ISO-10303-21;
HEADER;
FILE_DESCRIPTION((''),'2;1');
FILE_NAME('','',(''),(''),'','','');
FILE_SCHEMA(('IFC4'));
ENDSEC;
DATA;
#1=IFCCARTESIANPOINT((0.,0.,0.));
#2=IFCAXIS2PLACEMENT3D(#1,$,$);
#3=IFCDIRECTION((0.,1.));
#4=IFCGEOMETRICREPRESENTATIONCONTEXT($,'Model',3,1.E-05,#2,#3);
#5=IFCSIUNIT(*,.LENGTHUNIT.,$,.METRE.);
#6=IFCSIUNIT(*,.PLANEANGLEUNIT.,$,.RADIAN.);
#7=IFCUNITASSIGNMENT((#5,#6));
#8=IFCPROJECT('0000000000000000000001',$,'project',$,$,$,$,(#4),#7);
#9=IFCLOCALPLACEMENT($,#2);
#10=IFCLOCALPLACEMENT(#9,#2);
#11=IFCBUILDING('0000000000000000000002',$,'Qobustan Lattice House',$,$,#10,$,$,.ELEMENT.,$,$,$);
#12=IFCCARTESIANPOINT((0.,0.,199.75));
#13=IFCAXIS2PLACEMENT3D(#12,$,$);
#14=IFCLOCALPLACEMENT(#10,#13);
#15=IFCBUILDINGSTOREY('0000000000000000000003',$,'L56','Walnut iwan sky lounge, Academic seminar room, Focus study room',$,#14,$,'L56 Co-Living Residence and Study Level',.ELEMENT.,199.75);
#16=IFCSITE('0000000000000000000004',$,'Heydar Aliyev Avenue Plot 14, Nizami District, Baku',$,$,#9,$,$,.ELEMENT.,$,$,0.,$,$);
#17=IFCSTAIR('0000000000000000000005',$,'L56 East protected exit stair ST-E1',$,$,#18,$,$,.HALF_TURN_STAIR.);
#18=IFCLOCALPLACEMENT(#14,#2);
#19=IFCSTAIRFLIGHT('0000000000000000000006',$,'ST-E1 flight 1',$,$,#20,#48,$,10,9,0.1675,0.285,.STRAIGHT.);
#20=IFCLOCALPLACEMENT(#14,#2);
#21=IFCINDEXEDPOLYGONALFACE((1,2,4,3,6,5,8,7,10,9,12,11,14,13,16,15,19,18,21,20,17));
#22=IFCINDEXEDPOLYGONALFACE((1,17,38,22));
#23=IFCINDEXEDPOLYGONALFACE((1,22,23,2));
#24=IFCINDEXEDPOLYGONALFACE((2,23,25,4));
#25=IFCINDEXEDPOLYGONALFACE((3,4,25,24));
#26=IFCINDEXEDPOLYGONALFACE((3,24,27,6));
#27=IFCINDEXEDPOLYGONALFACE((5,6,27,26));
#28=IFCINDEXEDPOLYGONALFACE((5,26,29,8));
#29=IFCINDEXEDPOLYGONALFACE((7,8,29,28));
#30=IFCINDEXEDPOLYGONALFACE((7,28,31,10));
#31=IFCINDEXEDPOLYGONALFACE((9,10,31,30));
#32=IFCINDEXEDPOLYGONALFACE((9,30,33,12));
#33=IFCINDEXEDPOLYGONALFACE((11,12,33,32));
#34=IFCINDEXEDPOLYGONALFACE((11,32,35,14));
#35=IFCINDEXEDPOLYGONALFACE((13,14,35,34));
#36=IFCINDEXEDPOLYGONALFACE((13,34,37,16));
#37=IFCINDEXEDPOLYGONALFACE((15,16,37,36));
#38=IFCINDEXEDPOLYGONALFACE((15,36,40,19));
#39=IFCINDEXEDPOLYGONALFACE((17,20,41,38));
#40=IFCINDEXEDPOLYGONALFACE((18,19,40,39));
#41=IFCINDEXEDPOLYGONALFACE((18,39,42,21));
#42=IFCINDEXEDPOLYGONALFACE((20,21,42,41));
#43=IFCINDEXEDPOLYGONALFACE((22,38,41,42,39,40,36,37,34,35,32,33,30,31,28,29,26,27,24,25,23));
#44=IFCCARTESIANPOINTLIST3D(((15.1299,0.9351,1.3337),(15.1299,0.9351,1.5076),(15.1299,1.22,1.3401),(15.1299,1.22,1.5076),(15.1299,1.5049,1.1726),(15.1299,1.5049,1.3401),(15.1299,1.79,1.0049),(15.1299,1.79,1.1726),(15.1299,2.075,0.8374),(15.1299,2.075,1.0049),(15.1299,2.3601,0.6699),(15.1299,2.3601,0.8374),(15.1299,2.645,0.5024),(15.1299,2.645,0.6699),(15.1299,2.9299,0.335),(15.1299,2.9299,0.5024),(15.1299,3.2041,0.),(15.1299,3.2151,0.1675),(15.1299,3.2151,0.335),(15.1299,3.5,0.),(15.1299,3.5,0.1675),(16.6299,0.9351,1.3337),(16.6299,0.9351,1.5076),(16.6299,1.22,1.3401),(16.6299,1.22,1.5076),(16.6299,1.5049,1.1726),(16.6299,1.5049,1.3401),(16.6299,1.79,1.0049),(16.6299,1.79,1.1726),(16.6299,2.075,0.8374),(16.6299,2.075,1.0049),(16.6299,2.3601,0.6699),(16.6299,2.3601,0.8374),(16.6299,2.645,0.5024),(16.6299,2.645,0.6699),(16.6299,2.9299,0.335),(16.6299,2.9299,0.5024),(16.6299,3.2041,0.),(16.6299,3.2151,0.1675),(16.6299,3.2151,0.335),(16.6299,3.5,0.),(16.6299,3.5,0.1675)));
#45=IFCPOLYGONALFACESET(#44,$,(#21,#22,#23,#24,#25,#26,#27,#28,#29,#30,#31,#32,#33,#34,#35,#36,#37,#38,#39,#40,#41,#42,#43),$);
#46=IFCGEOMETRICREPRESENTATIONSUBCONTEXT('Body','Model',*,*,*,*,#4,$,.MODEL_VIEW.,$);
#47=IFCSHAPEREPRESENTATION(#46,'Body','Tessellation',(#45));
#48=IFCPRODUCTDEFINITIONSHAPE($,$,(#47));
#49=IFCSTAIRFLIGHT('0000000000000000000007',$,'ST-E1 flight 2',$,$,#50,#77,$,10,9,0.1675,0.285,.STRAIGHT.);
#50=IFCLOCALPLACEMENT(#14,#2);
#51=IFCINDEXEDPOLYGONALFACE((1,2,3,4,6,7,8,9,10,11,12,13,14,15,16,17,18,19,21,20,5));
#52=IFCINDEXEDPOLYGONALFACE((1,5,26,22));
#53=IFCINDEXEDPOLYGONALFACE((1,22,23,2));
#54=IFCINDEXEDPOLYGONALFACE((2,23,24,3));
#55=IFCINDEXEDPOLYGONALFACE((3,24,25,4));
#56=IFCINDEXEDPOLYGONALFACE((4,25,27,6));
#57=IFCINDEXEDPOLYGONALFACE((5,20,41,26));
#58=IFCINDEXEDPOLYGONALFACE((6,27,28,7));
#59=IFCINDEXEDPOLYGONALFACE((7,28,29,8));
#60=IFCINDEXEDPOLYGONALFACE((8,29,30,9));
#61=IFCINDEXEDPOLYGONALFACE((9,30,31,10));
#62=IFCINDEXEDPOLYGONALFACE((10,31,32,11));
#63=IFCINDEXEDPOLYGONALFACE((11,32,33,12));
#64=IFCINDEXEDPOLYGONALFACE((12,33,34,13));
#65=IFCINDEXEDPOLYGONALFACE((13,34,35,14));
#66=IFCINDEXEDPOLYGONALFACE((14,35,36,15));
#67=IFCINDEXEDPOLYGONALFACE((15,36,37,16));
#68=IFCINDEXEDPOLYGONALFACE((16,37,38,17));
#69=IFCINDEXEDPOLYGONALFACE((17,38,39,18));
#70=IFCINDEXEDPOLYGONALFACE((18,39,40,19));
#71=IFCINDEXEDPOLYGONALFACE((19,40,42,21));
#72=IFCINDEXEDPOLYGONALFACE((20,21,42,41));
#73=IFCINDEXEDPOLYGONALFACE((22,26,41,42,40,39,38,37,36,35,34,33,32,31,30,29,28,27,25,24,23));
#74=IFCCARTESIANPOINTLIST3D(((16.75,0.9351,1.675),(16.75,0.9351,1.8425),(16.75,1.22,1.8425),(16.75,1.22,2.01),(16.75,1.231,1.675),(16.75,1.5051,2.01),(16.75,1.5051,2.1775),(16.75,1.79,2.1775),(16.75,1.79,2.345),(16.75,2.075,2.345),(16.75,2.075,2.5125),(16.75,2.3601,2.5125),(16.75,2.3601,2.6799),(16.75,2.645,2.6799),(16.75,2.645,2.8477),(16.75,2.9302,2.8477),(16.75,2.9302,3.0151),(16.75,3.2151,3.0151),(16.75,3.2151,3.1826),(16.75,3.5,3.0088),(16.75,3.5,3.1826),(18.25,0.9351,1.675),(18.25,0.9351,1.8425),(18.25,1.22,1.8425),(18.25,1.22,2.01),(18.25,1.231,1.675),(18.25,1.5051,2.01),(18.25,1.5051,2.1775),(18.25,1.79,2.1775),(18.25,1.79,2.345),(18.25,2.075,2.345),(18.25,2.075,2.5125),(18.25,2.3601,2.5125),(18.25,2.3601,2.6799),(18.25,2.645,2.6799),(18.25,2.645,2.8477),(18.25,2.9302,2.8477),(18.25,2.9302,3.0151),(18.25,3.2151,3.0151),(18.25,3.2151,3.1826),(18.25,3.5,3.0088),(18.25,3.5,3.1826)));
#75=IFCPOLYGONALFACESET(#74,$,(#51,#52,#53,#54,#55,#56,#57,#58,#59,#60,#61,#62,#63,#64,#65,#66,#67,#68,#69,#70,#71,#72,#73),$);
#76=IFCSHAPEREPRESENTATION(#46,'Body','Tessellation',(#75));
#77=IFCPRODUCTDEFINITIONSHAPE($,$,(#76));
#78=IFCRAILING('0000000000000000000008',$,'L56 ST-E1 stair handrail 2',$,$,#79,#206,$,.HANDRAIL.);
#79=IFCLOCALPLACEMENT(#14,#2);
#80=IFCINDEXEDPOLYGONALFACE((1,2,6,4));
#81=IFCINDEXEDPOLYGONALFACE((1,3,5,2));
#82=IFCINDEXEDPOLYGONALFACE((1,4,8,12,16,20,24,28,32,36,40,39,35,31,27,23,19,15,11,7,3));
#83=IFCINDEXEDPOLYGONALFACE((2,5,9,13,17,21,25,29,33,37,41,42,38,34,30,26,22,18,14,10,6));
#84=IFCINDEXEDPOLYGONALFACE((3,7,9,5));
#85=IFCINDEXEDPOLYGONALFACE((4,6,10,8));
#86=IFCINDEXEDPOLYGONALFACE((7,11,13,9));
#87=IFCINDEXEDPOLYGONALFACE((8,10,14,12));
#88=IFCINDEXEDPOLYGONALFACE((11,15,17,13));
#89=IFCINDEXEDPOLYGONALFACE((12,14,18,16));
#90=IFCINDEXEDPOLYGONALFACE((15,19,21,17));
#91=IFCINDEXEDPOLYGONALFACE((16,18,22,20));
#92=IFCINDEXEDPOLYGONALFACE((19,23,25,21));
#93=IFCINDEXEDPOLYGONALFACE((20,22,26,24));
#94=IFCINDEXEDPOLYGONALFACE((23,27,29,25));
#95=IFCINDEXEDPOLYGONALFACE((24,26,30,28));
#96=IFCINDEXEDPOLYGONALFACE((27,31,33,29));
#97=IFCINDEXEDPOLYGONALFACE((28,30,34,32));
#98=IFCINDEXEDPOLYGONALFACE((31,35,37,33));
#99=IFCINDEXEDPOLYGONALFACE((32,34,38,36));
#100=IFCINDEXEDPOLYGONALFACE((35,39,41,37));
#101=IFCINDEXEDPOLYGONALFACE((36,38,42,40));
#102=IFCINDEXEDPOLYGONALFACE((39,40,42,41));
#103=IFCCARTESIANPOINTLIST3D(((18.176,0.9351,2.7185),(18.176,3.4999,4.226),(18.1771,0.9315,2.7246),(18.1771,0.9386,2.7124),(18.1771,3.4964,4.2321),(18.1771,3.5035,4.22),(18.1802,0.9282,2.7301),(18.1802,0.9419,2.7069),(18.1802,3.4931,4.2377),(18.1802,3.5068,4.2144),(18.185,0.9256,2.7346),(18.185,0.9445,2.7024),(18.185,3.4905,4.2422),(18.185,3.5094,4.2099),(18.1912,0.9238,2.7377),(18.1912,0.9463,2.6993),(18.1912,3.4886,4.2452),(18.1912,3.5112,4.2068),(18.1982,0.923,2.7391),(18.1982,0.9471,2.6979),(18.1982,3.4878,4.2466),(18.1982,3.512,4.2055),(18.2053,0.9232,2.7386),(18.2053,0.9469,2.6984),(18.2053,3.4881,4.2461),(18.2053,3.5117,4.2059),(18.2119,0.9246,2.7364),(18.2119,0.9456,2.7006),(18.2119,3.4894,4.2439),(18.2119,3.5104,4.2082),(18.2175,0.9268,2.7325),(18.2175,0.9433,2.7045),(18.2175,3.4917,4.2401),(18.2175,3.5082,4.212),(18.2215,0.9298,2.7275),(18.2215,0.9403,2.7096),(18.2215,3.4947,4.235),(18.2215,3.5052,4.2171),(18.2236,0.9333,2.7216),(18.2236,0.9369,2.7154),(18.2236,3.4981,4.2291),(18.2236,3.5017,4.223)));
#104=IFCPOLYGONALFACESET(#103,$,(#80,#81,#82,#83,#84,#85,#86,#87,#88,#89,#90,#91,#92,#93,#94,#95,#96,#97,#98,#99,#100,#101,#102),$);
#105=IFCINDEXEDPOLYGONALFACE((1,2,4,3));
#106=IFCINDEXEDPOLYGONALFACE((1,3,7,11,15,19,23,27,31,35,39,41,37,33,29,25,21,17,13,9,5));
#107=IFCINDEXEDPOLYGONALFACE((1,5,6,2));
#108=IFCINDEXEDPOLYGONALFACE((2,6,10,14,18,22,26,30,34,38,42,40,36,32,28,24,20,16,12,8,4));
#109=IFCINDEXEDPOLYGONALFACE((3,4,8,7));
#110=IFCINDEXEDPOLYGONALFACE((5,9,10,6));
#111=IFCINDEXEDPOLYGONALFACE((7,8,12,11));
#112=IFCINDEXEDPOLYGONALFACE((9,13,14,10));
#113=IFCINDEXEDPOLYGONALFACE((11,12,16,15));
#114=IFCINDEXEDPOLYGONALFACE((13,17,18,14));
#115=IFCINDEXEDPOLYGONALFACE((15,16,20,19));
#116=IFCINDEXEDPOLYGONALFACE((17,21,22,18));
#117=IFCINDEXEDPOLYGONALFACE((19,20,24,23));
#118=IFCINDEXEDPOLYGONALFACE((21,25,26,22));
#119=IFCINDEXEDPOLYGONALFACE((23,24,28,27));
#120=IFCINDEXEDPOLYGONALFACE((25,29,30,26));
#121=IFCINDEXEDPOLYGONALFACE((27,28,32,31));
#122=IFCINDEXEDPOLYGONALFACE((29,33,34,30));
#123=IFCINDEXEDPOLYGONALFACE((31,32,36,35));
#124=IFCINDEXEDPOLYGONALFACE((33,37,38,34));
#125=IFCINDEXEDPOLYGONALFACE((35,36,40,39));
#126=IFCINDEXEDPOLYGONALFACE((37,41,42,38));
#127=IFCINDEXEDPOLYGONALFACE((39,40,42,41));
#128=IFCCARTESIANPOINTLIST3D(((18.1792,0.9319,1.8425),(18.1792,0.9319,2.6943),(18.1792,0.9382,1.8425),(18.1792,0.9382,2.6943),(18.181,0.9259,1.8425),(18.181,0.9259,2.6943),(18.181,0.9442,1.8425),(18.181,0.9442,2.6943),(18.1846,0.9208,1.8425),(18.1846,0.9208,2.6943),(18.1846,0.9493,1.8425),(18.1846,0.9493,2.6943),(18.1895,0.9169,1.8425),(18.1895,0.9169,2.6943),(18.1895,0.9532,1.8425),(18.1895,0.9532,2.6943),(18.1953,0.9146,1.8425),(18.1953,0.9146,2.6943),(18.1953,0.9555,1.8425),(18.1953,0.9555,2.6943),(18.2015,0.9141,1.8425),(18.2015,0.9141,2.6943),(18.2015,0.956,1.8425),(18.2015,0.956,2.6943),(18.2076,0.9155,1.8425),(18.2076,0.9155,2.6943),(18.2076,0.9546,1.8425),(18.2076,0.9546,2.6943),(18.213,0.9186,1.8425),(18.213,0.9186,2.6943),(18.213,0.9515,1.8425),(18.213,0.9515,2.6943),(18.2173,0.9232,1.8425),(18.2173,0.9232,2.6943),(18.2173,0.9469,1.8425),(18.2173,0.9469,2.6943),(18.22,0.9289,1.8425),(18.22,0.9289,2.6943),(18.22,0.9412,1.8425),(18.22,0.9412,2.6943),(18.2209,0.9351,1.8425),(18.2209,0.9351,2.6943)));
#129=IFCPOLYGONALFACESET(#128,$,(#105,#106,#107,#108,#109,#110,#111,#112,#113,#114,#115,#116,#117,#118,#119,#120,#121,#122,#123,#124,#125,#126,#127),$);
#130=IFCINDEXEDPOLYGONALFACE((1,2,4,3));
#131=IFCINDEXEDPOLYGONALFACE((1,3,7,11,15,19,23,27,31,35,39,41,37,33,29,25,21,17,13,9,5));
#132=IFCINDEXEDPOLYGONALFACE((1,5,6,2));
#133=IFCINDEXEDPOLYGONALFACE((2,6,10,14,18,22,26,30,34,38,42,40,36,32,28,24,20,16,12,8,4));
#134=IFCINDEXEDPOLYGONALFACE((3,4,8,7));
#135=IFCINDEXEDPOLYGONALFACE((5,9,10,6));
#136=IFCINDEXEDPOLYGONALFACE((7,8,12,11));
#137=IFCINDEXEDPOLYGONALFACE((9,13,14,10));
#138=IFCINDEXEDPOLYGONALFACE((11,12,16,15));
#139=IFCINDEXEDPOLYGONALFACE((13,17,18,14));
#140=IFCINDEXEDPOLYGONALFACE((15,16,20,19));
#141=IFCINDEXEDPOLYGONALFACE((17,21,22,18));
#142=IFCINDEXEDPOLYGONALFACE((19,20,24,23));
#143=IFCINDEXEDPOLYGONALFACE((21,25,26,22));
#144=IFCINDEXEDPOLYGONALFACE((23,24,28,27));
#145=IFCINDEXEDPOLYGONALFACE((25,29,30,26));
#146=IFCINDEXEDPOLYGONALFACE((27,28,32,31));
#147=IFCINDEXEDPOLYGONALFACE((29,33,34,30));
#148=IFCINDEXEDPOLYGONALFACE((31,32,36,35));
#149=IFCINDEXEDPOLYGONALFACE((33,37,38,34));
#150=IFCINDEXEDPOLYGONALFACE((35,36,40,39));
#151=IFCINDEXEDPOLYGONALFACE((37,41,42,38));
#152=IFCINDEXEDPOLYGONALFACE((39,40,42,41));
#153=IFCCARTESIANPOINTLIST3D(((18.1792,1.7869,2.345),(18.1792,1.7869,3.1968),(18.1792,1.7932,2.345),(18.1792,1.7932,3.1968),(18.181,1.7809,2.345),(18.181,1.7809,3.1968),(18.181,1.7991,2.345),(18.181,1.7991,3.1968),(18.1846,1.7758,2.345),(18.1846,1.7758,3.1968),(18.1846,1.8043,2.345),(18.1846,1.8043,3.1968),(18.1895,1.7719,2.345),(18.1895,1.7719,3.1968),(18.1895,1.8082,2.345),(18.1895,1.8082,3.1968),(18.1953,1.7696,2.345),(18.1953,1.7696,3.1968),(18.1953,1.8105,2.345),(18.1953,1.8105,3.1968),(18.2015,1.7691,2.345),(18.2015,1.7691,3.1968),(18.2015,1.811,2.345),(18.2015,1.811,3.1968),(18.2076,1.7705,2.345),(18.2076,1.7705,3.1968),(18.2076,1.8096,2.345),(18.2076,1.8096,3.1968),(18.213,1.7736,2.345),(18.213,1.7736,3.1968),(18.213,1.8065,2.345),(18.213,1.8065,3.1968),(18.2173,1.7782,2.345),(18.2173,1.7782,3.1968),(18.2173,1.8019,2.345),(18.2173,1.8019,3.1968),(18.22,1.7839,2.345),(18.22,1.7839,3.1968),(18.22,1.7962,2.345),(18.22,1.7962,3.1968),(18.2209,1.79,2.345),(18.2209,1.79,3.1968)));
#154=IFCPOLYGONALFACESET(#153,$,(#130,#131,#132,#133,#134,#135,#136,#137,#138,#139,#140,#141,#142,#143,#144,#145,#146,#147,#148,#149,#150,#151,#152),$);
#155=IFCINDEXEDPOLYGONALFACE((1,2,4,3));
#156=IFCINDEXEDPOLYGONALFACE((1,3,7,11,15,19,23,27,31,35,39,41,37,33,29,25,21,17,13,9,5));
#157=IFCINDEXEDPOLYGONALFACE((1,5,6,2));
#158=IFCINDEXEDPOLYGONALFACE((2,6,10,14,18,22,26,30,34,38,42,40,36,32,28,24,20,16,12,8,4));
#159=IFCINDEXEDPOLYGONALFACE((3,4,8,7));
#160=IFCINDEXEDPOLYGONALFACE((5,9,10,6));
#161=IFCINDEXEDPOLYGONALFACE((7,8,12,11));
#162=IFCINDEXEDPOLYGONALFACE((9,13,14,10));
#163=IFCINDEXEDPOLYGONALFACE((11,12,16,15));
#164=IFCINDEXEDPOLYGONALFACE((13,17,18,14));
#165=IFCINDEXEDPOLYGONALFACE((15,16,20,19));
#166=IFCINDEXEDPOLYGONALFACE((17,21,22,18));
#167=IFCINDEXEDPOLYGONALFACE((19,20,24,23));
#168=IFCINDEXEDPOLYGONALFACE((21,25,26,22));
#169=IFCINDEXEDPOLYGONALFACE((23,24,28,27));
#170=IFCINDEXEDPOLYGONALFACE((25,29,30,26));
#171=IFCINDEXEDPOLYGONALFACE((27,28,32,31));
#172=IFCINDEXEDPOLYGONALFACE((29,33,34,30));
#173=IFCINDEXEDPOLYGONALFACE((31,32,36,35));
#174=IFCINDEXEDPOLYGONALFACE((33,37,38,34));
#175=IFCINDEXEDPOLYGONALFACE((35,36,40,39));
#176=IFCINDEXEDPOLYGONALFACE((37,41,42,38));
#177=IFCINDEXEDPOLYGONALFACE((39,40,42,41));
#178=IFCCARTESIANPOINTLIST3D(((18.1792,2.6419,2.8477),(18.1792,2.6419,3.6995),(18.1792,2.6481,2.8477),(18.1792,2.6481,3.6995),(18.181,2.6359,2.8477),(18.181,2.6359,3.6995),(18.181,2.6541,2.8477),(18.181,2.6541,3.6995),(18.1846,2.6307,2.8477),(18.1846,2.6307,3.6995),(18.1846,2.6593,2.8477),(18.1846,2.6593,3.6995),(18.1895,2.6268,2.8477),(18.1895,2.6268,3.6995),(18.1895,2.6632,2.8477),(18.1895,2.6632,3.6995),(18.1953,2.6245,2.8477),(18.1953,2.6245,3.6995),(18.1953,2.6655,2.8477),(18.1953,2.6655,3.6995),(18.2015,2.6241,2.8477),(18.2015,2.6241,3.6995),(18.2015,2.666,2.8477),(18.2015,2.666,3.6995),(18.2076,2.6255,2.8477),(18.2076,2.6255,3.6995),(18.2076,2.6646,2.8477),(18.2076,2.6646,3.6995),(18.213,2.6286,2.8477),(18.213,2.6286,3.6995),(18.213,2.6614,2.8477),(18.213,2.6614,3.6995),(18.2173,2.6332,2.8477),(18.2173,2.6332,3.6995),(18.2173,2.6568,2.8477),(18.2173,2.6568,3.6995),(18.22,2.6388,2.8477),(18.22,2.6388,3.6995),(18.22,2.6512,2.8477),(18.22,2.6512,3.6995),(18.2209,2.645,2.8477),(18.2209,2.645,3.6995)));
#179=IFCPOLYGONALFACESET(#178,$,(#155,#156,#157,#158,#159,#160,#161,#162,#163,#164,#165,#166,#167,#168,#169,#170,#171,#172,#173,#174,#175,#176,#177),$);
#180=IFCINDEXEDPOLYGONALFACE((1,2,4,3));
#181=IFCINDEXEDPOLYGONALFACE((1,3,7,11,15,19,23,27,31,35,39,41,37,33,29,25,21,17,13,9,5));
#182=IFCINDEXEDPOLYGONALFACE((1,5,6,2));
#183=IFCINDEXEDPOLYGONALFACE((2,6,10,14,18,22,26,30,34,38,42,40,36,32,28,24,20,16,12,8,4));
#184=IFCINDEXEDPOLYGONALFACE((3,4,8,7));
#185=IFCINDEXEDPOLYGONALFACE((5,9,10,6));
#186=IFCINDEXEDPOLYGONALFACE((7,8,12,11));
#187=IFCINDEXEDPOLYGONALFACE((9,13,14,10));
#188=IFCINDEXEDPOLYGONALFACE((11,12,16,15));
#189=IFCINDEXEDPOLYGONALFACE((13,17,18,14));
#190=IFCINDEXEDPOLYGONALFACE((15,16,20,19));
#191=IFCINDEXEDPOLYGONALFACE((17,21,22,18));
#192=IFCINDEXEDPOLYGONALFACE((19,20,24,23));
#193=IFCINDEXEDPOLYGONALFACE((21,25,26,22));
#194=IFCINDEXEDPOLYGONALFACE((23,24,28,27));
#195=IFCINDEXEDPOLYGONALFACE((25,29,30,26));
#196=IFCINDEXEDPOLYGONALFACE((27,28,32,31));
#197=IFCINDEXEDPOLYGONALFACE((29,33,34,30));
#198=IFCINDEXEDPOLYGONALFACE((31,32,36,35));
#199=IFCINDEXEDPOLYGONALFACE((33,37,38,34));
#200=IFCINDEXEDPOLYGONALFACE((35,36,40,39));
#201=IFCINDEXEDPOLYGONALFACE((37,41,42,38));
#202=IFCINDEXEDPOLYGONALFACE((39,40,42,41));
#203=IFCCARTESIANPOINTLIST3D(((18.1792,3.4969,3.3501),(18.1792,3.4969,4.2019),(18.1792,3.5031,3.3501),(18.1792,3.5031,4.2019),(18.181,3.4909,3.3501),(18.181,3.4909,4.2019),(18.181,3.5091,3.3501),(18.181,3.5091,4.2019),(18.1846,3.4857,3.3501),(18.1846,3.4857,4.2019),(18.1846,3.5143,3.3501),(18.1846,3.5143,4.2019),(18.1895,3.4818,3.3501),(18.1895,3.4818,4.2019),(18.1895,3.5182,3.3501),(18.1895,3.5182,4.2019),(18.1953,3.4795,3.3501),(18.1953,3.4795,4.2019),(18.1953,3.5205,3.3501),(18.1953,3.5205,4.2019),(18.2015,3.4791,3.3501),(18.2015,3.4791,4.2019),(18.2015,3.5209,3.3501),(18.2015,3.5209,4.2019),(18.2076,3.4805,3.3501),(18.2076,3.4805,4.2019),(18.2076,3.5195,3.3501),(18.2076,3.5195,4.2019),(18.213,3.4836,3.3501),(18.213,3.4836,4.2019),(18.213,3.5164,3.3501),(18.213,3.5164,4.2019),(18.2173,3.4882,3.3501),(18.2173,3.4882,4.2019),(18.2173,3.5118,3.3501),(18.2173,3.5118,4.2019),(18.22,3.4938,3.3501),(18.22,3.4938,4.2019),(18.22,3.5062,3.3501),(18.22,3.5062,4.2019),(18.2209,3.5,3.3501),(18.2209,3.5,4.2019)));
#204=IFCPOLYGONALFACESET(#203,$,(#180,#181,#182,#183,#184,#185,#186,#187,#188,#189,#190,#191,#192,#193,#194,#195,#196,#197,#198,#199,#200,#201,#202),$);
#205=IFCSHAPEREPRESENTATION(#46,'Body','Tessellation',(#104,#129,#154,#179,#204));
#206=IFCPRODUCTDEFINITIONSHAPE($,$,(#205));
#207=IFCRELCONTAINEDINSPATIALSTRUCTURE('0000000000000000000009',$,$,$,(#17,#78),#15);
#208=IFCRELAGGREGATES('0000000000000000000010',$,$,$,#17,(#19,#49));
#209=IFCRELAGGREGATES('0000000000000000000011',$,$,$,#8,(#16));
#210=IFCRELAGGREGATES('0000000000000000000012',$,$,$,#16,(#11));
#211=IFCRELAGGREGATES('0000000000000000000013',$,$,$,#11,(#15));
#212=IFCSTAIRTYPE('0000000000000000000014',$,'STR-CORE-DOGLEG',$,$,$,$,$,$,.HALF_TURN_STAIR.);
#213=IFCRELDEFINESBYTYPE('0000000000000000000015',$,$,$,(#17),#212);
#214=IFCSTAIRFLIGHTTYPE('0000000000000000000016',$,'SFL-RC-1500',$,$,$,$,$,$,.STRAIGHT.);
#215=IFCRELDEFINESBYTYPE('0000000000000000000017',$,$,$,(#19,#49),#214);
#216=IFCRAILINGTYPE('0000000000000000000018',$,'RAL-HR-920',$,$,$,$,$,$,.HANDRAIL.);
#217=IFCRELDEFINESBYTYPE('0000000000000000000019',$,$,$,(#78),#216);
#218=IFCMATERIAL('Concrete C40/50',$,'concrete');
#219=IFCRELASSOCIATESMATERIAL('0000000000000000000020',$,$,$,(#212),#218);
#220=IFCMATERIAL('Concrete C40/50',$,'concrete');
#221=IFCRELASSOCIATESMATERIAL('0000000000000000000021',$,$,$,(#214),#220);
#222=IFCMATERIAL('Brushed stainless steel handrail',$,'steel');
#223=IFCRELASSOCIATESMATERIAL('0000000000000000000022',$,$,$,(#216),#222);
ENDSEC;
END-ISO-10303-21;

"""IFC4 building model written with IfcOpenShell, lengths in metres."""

from ifc_helpers import new_model, si_unit, direction, frame, origin, origin_2d, place, context, subcontext, project, spatial, polyline, circle, outline, extrude, material, type_object, element, aggregate, save


model = new_model("IFC4")

# Units and contexts
model_context = context("Model", 3, precision=1e-05, world=origin(), true_north=direction((0.0, 1.0)))
body_context = subcontext(model_context, "Body", "Model", "MODEL_VIEW")
ifc_project = project(units=[si_unit("LENGTHUNIT", "METRE"), si_unit("PLANEANGLEUNIT", "RADIAN")], contexts=[model_context])

# Site, building, storey
site_placement = place(None, origin())
site = spatial("IfcSite", under=ifc_project, at=site_placement, Name="Heydar Aliyev Avenue Plot 14, Nizami District, Baku", CompositionType="ELEMENT", RefElevation=0.0)
building_placement = place(site_placement, origin())
building = spatial("IfcBuilding", under=site, at=building_placement, Name="Qobustan Lattice House", CompositionType="ELEMENT")
storey_placement = place(building_placement, frame((0.0, 0.0, 199.75)))
storey = spatial("IfcBuildingStorey", under=building, at=storey_placement, Name="L56", Description="Walnut iwan sky lounge, Academic seminar room, Focus study room", LongName="L56 Co-Living Residence and Study Level", CompositionType="ELEMENT", Elevation=199.75)

# Stair, stair flights
ifc_material_1 = material(Name="Concrete C40/50", Category="concrete")
stair_type = type_object("IfcStairType", Name="STR-CORE-DOGLEG", PredefinedType="HALF_TURN_STAIR", material=ifc_material_1)
stair_placement = place(storey_placement, origin())
stair = element("IfcStair", 1, at=stair_placement, inside=storey, type_object=stair_type, Name="L56 East protected exit stair ST-E1", PredefinedType="HALF_TURN_STAIR")
ifc_material_2 = material(Name="Concrete C40/50", Category="concrete")
stair_flight_type = type_object("IfcStairFlightType", Name="SFL-RC-1500", PredefinedType="STRAIGHT", material=ifc_material_2)
stair_flight_1_placement = place(storey_placement, frame((15.8799, 3.5, 0.0), z_axis=(0.0, 0.0, 1.0), x_axis=(0.0, -1.0, 0.0)))
stair_flight_1 = element("IfcStairFlight", 2, at=stair_flight_1_placement, type_object=stair_flight_type, Name="ST-E1 flight 1", NumberOfRisers=10, NumberOfTreads=9, PredefinedType="STRAIGHT", RiserHeight=0.1675, TreadLength=0.285, context=body_context, shape_type="SweptSolid", body=[
    extrude(outline(polyline([(0.0, 0.0), (0.0, 0.1675), (0.2849, 0.1675), (0.2849, 0.335), (0.5701, 0.335), (0.5701, 0.5024), (0.855, 0.5024), (0.855, 0.6699), (1.1399, 0.6699), (1.1399, 0.8374), (1.425, 0.8374), (1.425, 1.0049), (1.71, 1.0049), (1.71, 1.1726), (1.9951, 1.1726), (1.9951, 1.3401), (2.28, 1.3401), (2.28, 1.5076), (2.5649, 1.5076), (2.5649, 1.675), (2.5649, 1.3337), (0.2959, 0.0), (0.0, 0.0)])), frame((0.0, 0.75, 0.0), z_axis=(0.0, -1.0, 0.0), x_axis=(1.0, 0.0, 0.0)), (0.0, 0.0, 1.0), 1.5),
])
stair_flight_2_placement = place(storey_placement, frame((17.5, 0.9351, 1.675), z_axis=(0.0, 0.0, 1.0), x_axis=(0.0, 1.0, 0.0)))
stair_flight_2 = element("IfcStairFlight", 3, at=stair_flight_2_placement, type_object=stair_flight_type, Name="ST-E1 flight 2", NumberOfRisers=10, NumberOfTreads=9, PredefinedType="STRAIGHT", RiserHeight=0.1675, TreadLength=0.285, context=body_context, shape_type="SweptSolid", body=[
    extrude(outline(polyline([(0.0, 0.0), (0.0, 0.1675), (0.2849, 0.1675), (0.2849, 0.335), (0.5701, 0.335), (0.5701, 0.5024), (0.855, 0.5024), (0.855, 0.6699), (1.1399, 0.6699), (1.1399, 0.8374), (1.425, 0.8374), (1.425, 1.0049), (1.71, 1.0049), (1.71, 1.1726), (1.9951, 1.1726), (1.9951, 1.3401), (2.28, 1.3401), (2.28, 1.5076), (2.5649, 1.5076), (2.5649, 1.675), (2.5649, 1.3337), (0.2959, 0.0), (0.0, 0.0)])), frame((0.0, 0.75, 0.0), z_axis=(0.0, -1.0, 0.0), x_axis=(1.0, 0.0, 0.0)), (0.0, 0.0, 1.0), 1.5),
])
aggregate(stair, [stair_flight_1, stair_flight_2])

# Railing
ifc_material_3 = material(Name="Brushed stainless steel handrail", Category="steel")
railing_type_1 = type_object("IfcRailingType", Name="RAL-HR-920", PredefinedType="HANDRAIL", material=ifc_material_3)
railing_1_placement = place(storey_placement, frame((18.2, 0.9351, 1.8425)))
element("IfcRailing", 4, at=railing_1_placement, inside=storey, type_object=railing_type_1, Name="L56 ST-E1 stair handrail 2", PredefinedType="HANDRAIL", context=body_context, shape_type="SweptSolid", body=[
    extrude(circle(Radius=0.0239, at=origin_2d()), frame((0.0, 0.0, 0.876), z_axis=(0.0, 0.862113, 0.506715), x_axis=(-1.0, 0.0, 0.0)), (0.0, 0.0, 1.0), 2.9751),
    extrude(circle(Radius=0.021, at=origin_2d()), origin(), (0.0, 0.0, 1.0), 0.8518),
    extrude(circle(Radius=0.021, at=origin_2d()), frame((0.0, 0.855, 0.5024)), (0.0, 0.0, 1.0), 0.8518),
    extrude(circle(Radius=0.021, at=origin_2d()), frame((0.0, 1.71, 1.0051)), (0.0, 0.0, 1.0), 0.8518),
    extrude(circle(Radius=0.021, at=origin_2d()), frame((0.0, 2.5649, 1.5076)), (0.0, 0.0, 1.0), 0.8518),
])

save(model, "model.ifc")
